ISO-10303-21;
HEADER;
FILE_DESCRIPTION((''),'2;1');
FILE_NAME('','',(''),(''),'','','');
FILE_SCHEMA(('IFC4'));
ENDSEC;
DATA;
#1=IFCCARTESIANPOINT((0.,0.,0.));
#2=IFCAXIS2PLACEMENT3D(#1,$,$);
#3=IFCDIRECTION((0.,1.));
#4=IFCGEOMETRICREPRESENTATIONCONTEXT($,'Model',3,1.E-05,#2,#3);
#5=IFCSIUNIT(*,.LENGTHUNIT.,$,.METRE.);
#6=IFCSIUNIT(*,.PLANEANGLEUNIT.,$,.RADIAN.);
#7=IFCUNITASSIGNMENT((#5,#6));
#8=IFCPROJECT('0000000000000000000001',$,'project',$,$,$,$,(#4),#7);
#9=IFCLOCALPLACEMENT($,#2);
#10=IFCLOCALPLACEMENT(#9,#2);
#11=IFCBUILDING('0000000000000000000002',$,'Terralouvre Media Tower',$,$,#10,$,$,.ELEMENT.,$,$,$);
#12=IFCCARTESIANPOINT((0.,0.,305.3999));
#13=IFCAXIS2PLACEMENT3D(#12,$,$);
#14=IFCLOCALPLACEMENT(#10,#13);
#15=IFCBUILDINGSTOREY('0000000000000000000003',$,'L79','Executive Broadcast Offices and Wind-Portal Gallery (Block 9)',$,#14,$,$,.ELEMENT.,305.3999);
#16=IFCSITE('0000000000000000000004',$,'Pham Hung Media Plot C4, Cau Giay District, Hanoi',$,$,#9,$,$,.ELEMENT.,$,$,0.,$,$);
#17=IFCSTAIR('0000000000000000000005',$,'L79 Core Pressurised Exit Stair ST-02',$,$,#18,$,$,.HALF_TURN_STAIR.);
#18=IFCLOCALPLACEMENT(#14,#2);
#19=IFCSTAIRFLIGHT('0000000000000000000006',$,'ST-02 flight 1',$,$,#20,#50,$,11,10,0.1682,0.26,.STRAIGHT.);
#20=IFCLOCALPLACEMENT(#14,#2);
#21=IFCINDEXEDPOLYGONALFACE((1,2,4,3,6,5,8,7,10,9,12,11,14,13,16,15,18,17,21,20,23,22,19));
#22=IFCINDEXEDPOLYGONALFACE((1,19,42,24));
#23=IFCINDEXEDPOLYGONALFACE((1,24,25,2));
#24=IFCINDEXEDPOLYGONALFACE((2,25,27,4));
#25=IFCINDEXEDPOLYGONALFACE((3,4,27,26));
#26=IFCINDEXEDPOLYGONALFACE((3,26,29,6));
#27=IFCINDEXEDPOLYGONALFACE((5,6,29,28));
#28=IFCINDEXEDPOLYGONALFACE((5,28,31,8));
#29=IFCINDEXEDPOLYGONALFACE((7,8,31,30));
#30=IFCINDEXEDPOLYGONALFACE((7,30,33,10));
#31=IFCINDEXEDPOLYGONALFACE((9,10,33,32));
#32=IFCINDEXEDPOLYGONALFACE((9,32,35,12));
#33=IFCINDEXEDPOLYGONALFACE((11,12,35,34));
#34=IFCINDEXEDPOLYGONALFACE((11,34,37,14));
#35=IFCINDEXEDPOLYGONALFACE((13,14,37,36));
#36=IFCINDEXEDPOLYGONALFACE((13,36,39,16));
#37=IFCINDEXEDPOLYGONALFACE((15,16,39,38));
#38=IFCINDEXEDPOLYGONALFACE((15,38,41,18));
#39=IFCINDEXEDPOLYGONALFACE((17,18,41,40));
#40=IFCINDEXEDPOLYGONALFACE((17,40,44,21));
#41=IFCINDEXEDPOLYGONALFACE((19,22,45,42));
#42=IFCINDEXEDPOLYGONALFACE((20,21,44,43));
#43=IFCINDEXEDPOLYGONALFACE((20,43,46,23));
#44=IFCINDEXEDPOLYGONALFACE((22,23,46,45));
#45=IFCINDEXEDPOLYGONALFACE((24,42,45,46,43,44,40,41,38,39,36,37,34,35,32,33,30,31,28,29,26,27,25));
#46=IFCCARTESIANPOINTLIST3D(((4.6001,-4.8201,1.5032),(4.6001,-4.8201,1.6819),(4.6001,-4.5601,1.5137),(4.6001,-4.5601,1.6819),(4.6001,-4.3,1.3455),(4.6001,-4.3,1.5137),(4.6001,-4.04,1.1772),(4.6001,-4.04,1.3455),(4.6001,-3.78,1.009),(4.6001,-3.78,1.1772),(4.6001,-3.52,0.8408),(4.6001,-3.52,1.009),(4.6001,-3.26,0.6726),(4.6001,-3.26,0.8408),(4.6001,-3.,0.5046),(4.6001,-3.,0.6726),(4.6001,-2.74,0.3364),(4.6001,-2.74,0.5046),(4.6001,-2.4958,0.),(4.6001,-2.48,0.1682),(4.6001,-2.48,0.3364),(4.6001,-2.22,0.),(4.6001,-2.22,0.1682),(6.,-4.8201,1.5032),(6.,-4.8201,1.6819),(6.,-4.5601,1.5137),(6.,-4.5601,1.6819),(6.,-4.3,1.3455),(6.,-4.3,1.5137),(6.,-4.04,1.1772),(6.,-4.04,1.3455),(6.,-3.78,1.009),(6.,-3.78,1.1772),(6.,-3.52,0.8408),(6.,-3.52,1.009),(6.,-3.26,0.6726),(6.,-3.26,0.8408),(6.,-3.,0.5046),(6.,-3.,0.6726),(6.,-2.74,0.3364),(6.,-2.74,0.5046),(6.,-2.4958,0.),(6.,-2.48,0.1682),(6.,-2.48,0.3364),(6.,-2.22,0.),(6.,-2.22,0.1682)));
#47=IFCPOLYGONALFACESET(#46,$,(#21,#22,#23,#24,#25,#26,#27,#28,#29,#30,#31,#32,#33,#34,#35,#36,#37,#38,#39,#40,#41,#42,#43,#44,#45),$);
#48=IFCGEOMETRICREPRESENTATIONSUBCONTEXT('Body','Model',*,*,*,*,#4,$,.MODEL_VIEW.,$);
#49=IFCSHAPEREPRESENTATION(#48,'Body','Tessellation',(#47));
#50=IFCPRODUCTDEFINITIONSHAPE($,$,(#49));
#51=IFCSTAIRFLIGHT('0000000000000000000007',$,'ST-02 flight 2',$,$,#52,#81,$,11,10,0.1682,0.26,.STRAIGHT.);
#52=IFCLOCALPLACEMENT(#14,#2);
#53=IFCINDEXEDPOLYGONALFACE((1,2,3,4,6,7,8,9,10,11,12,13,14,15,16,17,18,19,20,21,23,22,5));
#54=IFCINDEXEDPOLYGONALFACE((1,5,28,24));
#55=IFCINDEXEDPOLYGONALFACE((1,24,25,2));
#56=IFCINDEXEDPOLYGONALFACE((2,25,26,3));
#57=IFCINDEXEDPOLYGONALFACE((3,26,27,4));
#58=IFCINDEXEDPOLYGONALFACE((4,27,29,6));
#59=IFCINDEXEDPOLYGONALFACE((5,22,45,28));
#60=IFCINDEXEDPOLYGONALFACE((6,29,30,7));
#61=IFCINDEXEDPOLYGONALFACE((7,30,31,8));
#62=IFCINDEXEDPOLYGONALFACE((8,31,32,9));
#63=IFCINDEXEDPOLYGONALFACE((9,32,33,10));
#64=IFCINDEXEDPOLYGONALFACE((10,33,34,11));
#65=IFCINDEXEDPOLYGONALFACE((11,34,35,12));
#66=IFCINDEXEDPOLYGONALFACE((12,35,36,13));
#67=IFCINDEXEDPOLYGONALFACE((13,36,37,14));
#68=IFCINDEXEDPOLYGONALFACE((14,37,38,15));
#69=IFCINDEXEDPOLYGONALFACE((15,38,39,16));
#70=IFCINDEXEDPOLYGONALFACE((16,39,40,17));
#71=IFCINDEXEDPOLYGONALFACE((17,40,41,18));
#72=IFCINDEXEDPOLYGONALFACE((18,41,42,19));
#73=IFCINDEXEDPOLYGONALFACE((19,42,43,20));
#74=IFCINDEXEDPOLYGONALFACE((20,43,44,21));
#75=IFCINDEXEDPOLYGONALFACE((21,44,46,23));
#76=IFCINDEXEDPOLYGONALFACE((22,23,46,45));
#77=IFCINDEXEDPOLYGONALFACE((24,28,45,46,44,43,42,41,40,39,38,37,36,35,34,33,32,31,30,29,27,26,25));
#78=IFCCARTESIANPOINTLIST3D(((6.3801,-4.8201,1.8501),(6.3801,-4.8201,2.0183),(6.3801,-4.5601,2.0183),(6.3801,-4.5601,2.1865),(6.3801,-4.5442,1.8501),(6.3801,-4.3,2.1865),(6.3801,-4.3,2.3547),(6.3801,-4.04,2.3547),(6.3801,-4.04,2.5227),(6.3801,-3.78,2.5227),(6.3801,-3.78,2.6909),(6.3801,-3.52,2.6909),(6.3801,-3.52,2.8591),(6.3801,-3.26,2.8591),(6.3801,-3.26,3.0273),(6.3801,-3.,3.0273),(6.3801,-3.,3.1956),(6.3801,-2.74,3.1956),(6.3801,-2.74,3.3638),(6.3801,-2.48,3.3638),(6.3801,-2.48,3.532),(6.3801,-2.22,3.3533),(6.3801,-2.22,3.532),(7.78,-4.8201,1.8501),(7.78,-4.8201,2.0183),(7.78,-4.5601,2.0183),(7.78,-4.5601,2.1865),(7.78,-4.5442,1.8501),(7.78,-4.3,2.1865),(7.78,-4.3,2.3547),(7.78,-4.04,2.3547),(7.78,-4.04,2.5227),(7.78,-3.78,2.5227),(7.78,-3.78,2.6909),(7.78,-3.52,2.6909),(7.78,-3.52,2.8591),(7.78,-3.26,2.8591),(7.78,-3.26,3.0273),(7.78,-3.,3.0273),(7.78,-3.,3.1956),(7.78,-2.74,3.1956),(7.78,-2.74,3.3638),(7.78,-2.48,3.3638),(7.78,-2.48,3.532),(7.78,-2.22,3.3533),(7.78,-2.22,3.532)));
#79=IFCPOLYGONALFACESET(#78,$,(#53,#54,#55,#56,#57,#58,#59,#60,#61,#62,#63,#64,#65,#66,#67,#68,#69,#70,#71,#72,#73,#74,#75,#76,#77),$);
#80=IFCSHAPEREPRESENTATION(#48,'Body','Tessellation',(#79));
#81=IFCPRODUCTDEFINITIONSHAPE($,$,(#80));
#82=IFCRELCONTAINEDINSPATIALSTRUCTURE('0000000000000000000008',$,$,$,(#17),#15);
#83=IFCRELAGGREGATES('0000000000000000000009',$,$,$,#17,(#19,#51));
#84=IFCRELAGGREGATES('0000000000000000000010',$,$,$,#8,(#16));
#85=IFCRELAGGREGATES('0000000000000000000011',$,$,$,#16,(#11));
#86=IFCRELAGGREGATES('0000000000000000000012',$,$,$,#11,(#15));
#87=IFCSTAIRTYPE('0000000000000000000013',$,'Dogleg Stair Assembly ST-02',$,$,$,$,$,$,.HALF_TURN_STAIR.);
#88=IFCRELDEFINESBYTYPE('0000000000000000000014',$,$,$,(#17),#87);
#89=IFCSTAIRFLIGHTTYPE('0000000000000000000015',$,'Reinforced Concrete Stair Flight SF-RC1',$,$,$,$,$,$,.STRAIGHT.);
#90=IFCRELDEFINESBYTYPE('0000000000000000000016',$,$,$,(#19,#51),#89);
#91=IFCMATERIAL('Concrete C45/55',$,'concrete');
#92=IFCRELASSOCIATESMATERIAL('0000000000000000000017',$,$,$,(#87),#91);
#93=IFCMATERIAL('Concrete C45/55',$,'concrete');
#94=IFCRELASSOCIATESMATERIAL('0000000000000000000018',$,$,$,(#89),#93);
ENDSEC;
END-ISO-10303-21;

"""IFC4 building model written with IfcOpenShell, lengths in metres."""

from ifc_helpers import new_model, si_unit, direction, frame, origin, place, context, subcontext, project, spatial, polyline, outline, extrude, material, type_object, element, aggregate, save


model = new_model("IFC4")

# Units and contexts
model_context = context("Model", 3, precision=1e-05, world=origin(), true_north=direction((0.0, 1.0)))
body_context = subcontext(model_context, "Body", "Model", "MODEL_VIEW")
ifc_project = project(units=[si_unit("LENGTHUNIT", "METRE"), si_unit("PLANEANGLEUNIT", "RADIAN")], contexts=[model_context])

# Site, building, storey
site_placement = place(None, origin())
site = spatial("IfcSite", under=ifc_project, at=site_placement, Name="Pham Hung Media Plot C4, Cau Giay District, Hanoi", CompositionType="ELEMENT", RefElevation=0.0)
building_placement = place(site_placement, origin())
building = spatial("IfcBuilding", under=site, at=building_placement, Name="Terralouvre Media Tower", CompositionType="ELEMENT")
storey_placement = place(building_placement, frame((0.0, 0.0, 305.3999)))
storey = spatial("IfcBuildingStorey", under=building, at=storey_placement, Name="L79", Description="Executive Broadcast Offices and Wind-Portal Gallery (Block 9)", CompositionType="ELEMENT", Elevation=305.3999)

# Stair, stair flights
ifc_material_1 = material(Name="Concrete C45/55", Category="concrete")
stair_type = type_object("IfcStairType", Name="Dogleg Stair Assembly ST-02", PredefinedType="HALF_TURN_STAIR", material=ifc_material_1)
stair_placement = place(storey_placement, origin())
stair = element("IfcStair", 1, at=stair_placement, inside=storey, type_object=stair_type, Name="L79 Core Pressurised Exit Stair ST-02", PredefinedType="HALF_TURN_STAIR")
ifc_material_2 = material(Name="Concrete C45/55", Category="concrete")
stair_flight_type = type_object("IfcStairFlightType", Name="Reinforced Concrete Stair Flight SF-RC1", PredefinedType="STRAIGHT", material=ifc_material_2)
stair_flight_1_placement = place(storey_placement, frame((5.3, -2.22, 0.0), z_axis=(0.0, 0.0, 1.0), x_axis=(0.0, -1.0, 0.0)))
stair_flight_1 = element("IfcStairFlight", 2, at=stair_flight_1_placement, type_object=stair_flight_type, Name="ST-02 flight 1", NumberOfRisers=11, NumberOfTreads=10, PredefinedType="STRAIGHT", RiserHeight=0.1682, TreadLength=0.26, context=body_context, shape_type="SweptSolid", body=[
    extrude(outline(polyline([(0.0, 0.0), (0.0, 0.1682), (0.26, 0.1682), (0.26, 0.3364), (0.52, 0.3364), (0.52, 0.5046), (0.78, 0.5046), (0.78, 0.6726), (1.04, 0.6726), (1.04, 0.8408), (1.3, 0.8408), (1.3, 1.009), (1.5601, 1.009), (1.5601, 1.1772), (1.8201, 1.1772), (1.8201, 1.3455), (2.0801, 1.3455), (2.0801, 1.5137), (2.3401, 1.5137), (2.3401, 1.6819), (2.6001, 1.6819), (2.6001, 1.8501), (2.6001, 1.5032), (0.2759, 0.0), (0.0, 0.0)])), frame((0.0, 0.7, 0.0), z_axis=(0.0, -1.0, 0.0), x_axis=(1.0, 0.0, 0.0)), (0.0, 0.0, 1.0), 1.3999),
])
stair_flight_2_placement = place(storey_placement, frame((7.0801, -4.8201, 1.8501), z_axis=(0.0, 0.0, 1.0), x_axis=(0.0, 1.0, 0.0)))
stair_flight_2 = element("IfcStairFlight", 3, at=stair_flight_2_placement, type_object=stair_flight_type, Name="ST-02 flight 2", NumberOfRisers=11, NumberOfTreads=10, PredefinedType="STRAIGHT", RiserHeight=0.1682, TreadLength=0.26, context=body_context, shape_type="SweptSolid", body=[
    extrude(outline(polyline([(0.0, 0.0), (0.0, 0.1682), (0.26, 0.1682), (0.26, 0.3364), (0.52, 0.3364), (0.52, 0.5046), (0.78, 0.5046), (0.78, 0.6726), (1.04, 0.6726), (1.04, 0.8408), (1.3, 0.8408), (1.3, 1.009), (1.5601, 1.009), (1.5601, 1.1772), (1.8201, 1.1772), (1.8201, 1.3455), (2.0801, 1.3455), (2.0801, 1.5137), (2.3401, 1.5137), (2.3401, 1.6819), (2.6001, 1.6819), (2.6001, 1.8501), (2.6001, 1.5032), (0.2759, 0.0), (0.0, 0.0)])), frame((0.0, 0.7, 0.0), z_axis=(0.0, -1.0, 0.0), x_axis=(1.0, 0.0, 0.0)), (0.0, 0.0, 1.0), 1.3999),
])
aggregate(stair, [stair_flight_1, stair_flight_2])

save(model, "model.ifc")
